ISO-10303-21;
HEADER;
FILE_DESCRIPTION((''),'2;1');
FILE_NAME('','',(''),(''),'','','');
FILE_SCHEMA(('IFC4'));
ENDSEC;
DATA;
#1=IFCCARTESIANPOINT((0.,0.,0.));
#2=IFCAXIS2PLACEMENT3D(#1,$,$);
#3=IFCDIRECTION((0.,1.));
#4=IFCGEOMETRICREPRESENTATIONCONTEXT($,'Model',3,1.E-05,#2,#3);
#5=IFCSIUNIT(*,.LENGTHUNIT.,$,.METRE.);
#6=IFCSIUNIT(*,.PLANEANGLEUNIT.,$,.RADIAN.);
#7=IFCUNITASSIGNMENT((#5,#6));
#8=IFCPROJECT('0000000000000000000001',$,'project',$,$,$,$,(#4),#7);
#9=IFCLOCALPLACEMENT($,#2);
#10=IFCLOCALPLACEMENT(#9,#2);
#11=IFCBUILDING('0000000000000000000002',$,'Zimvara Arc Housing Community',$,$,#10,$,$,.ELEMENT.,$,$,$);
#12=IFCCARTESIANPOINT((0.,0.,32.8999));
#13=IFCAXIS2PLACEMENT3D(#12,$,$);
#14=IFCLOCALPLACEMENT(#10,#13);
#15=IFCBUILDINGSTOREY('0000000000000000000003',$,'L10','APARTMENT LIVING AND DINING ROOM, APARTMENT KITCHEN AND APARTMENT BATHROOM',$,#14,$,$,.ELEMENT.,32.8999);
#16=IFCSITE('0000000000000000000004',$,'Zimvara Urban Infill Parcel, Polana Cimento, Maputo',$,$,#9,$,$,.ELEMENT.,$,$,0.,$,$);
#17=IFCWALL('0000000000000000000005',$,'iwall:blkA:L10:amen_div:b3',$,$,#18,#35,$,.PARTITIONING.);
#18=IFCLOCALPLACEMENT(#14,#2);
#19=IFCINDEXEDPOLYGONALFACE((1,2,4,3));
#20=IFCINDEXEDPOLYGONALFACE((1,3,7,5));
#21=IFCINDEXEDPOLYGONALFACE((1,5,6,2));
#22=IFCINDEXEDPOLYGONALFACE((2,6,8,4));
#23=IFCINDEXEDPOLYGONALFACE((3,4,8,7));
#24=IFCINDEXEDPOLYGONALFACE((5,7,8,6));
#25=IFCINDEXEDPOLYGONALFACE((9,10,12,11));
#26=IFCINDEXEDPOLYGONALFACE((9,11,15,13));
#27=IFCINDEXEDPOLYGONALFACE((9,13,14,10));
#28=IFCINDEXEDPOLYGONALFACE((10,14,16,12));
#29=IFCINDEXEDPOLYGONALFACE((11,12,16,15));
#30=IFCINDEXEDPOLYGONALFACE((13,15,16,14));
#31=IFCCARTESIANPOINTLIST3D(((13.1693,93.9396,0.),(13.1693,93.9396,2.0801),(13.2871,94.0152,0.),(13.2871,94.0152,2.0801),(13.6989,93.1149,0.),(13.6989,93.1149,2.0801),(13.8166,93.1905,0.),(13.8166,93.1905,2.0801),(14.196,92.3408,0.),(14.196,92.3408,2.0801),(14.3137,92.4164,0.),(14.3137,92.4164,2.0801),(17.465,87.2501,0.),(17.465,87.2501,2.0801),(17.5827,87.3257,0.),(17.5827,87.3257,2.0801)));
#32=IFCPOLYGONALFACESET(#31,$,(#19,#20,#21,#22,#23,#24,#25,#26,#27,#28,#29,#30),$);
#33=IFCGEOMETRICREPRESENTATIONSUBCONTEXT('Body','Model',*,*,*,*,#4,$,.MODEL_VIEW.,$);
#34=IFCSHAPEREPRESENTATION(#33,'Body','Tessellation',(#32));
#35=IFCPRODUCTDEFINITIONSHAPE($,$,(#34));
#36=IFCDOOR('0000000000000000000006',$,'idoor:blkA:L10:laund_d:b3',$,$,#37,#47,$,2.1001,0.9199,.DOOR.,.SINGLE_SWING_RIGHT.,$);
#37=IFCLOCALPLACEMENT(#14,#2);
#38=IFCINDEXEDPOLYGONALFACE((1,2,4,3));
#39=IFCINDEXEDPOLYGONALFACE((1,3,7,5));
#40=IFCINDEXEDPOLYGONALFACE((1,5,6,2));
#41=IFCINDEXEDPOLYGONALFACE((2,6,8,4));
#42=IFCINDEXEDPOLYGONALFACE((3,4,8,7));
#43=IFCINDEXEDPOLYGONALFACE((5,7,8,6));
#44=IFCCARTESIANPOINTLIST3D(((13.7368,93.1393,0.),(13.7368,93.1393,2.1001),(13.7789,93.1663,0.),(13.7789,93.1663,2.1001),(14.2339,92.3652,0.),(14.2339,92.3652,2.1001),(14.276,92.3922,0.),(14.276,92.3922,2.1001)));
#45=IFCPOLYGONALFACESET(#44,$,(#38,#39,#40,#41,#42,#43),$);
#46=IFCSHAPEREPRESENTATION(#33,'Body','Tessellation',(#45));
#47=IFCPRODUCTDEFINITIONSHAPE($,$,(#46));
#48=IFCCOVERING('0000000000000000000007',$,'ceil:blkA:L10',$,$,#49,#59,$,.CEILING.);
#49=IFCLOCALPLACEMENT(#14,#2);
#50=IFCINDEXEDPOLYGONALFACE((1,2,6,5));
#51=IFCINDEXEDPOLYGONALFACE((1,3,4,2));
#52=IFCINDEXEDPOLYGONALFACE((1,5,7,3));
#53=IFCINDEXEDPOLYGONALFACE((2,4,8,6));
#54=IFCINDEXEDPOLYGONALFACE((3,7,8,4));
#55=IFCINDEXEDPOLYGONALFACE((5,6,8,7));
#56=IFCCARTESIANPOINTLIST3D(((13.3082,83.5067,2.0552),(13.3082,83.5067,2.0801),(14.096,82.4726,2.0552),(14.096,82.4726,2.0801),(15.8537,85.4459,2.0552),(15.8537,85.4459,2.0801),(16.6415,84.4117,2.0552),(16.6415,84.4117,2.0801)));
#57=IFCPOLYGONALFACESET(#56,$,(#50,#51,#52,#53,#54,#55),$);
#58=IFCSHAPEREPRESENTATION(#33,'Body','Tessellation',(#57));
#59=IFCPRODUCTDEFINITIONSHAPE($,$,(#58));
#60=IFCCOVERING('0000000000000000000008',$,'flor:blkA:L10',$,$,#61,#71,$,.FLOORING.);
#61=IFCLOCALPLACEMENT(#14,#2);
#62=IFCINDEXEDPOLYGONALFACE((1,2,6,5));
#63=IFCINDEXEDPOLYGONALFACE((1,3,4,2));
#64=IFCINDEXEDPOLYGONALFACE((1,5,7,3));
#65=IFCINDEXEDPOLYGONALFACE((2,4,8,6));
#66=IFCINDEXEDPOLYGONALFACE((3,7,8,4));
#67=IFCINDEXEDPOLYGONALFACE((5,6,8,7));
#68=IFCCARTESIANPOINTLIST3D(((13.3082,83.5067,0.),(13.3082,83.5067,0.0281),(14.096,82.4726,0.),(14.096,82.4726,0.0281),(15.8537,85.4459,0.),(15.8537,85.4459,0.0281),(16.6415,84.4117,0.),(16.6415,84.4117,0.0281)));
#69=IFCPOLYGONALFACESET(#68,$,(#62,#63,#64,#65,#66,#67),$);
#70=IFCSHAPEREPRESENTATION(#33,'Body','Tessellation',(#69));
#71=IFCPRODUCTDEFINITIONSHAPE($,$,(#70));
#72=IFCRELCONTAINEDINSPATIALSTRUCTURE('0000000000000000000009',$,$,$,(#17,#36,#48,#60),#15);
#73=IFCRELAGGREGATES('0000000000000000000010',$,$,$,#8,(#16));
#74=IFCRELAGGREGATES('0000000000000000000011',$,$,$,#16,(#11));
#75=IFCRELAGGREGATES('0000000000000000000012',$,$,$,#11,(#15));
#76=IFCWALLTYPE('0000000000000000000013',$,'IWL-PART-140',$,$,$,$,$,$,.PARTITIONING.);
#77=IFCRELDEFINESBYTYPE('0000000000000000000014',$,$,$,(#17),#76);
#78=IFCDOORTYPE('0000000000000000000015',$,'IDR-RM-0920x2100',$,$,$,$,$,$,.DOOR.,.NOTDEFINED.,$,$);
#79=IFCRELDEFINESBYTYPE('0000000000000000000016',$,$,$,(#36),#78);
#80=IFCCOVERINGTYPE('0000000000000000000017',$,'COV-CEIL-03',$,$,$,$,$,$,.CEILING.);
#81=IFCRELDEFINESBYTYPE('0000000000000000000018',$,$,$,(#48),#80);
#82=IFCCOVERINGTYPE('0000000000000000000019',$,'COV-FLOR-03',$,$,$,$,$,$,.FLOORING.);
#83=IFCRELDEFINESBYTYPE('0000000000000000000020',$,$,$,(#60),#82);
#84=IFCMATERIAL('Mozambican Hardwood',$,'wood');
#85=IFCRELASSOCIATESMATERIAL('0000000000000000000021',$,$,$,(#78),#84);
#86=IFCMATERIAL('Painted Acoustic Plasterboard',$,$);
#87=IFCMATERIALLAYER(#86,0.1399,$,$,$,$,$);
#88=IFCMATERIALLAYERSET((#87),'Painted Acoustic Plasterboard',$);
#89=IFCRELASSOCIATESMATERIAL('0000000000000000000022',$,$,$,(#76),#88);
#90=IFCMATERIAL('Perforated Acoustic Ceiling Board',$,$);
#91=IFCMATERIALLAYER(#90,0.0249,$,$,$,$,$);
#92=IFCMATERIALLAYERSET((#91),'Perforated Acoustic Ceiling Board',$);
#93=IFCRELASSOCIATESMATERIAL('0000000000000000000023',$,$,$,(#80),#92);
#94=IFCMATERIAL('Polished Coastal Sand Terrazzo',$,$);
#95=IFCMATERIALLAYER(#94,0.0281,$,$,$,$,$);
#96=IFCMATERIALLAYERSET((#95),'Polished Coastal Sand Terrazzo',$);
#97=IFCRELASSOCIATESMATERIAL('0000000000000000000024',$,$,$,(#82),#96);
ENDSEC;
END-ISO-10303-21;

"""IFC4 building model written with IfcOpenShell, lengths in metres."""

from ifc_helpers import new_model, si_unit, direction, frame, frame_2d, origin, origin_2d, place, context, subcontext, project, spatial, rectangle, extrude, material, layer, layer_set, type_object, element, fill, save


model = new_model("IFC4")

# Units and contexts
model_context = context("Model", 3, precision=1e-05, world=origin(), true_north=direction((0.0, 1.0)))
body_context = subcontext(model_context, "Body", "Model", "MODEL_VIEW")
ifc_project = project(units=[si_unit("LENGTHUNIT", "METRE"), si_unit("PLANEANGLEUNIT", "RADIAN")], contexts=[model_context])

# Site, building, storey
site_placement = place(None, origin())
site = spatial("IfcSite", under=ifc_project, at=site_placement, Name="Zimvara Urban Infill Parcel, Polana Cimento, Maputo", CompositionType="ELEMENT", RefElevation=0.0)
building_placement = place(site_placement, origin())
building = spatial("IfcBuilding", under=site, at=building_placement, Name="Zimvara Arc Housing Community", CompositionType="ELEMENT")
storey_placement = place(building_placement, frame((0.0, 0.0, 32.8999)))
storey = spatial("IfcBuildingStorey", under=building, at=storey_placement, Name="L10", Description="APARTMENT LIVING AND DINING ROOM, APARTMENT KITCHEN AND APARTMENT BATHROOM", CompositionType="ELEMENT", Elevation=32.8999)

# Shared definitions
ifc_material_1 = material(Name="Mozambican Hardwood", Category="wood")
door_type_1 = type_object("IfcDoorType", Name="IDR-RM-0920x2100", OperationType="NOTDEFINED", PredefinedType="DOOR", material=ifc_material_1)

# Wall, opening, door
ifc_material_2 = material(Name="Painted Acoustic Plasterboard")
ifc_layer_1 = layer(ifc_material_2, 0.1399)
ifc_layer_set_1 = layer_set([ifc_layer_1], Name="Painted Acoustic Plasterboard")
wall_type_1 = type_object("IfcWallType", Name="IWL-PART-140", PredefinedType="PARTITIONING", material=ifc_layer_set_1)
wall_1_placement = place(storey_placement, frame((17.5239, 87.2878, 0.0), z_axis=(0.0, 0.0, 1.0), x_axis=(-0.540338, 0.841448, 0.0)))
wall_1 = element("IfcWall", 1, at=wall_1_placement, inside=storey, type_object=wall_type_1, Name="iwall:blkA:L10:amen_div:b3", PredefinedType="PARTITIONING", context=body_context, shape_type="SweptSolid", body=[
    extrude(rectangle(XDim=7.95, YDim=0.1399, at=frame_2d((3.9751, 0.0))), origin(), (0.0, 0.0, 1.0), 2.0801),
])
opening_1_placement = place(wall_1_placement, frame((6.05, 0.0, 0.0)))
opening_1 = element("IfcOpeningElement", 2, at=opening_1_placement, cuts=wall_1, PredefinedType="OPENING", context=body_context, shape_type="SweptSolid", body=[
    extrude(rectangle(XDim=0.9199, YDim=2.1001, at=frame_2d((0.46, 1.05))), frame((0.0, 0.0798, 0.0), z_axis=(0.0, -1.0, 0.0), x_axis=(1.0, 0.0, 0.0)), (0.0, 0.0, 1.0), 0.1599),
])
door_1_placement = place(opening_1_placement, origin())
door_1 = element("IfcDoor", 3, at=door_1_placement, inside=storey, type_object=door_type_1, Name="idoor:blkA:L10:laund_d:b3", OperationType="SINGLE_SWING_RIGHT", OverallHeight=2.1001, OverallWidth=0.9199, PredefinedType="DOOR", context=body_context, shape_type="SweptSolid", body=[
    extrude(rectangle(XDim=0.9199, YDim=2.1001, at=frame_2d((0.46, 1.05))), frame((0.0, 0.0249, 0.0), z_axis=(0.0, -1.0, 0.0), x_axis=(1.0, 0.0, 0.0)), (0.0, 0.0, 1.0), 0.05),
])
fill(opening_1, door_1)

# Coverings
ifc_material_3 = material(Name="Perforated Acoustic Ceiling Board")
ifc_layer_2 = layer(ifc_material_3, 0.0249)
ifc_layer_set_2 = layer_set([ifc_layer_2], Name="Perforated Acoustic Ceiling Board")
covering_type_1 = type_object("IfcCoveringType", Name="COV-CEIL-03", PredefinedType="CEILING", material=ifc_layer_set_2)
covering_1_placement = place(storey_placement, frame((14.9749, 83.9592, 2.0552), z_axis=(0.0, 0.0, 1.0), x_axis=(-0.605988, 0.795473, 0.0)))
element("IfcCovering", 4, at=covering_1_placement, inside=storey, type_object=covering_type_1, Name="ceil:blkA:L10", PredefinedType="CEILING", context=body_context, shape_type="SweptSolid", body=[
    extrude(rectangle(XDim=1.3, YDim=3.2, at=origin_2d()), origin(), (0.0, 0.0, 1.0), 0.0249),
])
ifc_material_4 = material(Name="Polished Coastal Sand Terrazzo")
ifc_layer_3 = layer(ifc_material_4, 0.0281)
ifc_layer_set_3 = layer_set([ifc_layer_3], Name="Polished Coastal Sand Terrazzo")
covering_type_2 = type_object("IfcCoveringType", Name="COV-FLOR-03", PredefinedType="FLOORING", material=ifc_layer_set_3)
covering_2_placement = place(storey_placement, frame((14.9749, 83.9592, 0.0), z_axis=(0.0, 0.0, 1.0), x_axis=(-0.605988, 0.795473, 0.0)))
element("IfcCovering", 5, at=covering_2_placement, inside=storey, type_object=covering_type_2, Name="flor:blkA:L10", PredefinedType="FLOORING", context=body_context, shape_type="SweptSolid", body=[
    extrude(rectangle(XDim=1.3, YDim=3.2, at=origin_2d()), origin(), (0.0, 0.0, 1.0), 0.0281),
])

save(model, "model.ifc")
